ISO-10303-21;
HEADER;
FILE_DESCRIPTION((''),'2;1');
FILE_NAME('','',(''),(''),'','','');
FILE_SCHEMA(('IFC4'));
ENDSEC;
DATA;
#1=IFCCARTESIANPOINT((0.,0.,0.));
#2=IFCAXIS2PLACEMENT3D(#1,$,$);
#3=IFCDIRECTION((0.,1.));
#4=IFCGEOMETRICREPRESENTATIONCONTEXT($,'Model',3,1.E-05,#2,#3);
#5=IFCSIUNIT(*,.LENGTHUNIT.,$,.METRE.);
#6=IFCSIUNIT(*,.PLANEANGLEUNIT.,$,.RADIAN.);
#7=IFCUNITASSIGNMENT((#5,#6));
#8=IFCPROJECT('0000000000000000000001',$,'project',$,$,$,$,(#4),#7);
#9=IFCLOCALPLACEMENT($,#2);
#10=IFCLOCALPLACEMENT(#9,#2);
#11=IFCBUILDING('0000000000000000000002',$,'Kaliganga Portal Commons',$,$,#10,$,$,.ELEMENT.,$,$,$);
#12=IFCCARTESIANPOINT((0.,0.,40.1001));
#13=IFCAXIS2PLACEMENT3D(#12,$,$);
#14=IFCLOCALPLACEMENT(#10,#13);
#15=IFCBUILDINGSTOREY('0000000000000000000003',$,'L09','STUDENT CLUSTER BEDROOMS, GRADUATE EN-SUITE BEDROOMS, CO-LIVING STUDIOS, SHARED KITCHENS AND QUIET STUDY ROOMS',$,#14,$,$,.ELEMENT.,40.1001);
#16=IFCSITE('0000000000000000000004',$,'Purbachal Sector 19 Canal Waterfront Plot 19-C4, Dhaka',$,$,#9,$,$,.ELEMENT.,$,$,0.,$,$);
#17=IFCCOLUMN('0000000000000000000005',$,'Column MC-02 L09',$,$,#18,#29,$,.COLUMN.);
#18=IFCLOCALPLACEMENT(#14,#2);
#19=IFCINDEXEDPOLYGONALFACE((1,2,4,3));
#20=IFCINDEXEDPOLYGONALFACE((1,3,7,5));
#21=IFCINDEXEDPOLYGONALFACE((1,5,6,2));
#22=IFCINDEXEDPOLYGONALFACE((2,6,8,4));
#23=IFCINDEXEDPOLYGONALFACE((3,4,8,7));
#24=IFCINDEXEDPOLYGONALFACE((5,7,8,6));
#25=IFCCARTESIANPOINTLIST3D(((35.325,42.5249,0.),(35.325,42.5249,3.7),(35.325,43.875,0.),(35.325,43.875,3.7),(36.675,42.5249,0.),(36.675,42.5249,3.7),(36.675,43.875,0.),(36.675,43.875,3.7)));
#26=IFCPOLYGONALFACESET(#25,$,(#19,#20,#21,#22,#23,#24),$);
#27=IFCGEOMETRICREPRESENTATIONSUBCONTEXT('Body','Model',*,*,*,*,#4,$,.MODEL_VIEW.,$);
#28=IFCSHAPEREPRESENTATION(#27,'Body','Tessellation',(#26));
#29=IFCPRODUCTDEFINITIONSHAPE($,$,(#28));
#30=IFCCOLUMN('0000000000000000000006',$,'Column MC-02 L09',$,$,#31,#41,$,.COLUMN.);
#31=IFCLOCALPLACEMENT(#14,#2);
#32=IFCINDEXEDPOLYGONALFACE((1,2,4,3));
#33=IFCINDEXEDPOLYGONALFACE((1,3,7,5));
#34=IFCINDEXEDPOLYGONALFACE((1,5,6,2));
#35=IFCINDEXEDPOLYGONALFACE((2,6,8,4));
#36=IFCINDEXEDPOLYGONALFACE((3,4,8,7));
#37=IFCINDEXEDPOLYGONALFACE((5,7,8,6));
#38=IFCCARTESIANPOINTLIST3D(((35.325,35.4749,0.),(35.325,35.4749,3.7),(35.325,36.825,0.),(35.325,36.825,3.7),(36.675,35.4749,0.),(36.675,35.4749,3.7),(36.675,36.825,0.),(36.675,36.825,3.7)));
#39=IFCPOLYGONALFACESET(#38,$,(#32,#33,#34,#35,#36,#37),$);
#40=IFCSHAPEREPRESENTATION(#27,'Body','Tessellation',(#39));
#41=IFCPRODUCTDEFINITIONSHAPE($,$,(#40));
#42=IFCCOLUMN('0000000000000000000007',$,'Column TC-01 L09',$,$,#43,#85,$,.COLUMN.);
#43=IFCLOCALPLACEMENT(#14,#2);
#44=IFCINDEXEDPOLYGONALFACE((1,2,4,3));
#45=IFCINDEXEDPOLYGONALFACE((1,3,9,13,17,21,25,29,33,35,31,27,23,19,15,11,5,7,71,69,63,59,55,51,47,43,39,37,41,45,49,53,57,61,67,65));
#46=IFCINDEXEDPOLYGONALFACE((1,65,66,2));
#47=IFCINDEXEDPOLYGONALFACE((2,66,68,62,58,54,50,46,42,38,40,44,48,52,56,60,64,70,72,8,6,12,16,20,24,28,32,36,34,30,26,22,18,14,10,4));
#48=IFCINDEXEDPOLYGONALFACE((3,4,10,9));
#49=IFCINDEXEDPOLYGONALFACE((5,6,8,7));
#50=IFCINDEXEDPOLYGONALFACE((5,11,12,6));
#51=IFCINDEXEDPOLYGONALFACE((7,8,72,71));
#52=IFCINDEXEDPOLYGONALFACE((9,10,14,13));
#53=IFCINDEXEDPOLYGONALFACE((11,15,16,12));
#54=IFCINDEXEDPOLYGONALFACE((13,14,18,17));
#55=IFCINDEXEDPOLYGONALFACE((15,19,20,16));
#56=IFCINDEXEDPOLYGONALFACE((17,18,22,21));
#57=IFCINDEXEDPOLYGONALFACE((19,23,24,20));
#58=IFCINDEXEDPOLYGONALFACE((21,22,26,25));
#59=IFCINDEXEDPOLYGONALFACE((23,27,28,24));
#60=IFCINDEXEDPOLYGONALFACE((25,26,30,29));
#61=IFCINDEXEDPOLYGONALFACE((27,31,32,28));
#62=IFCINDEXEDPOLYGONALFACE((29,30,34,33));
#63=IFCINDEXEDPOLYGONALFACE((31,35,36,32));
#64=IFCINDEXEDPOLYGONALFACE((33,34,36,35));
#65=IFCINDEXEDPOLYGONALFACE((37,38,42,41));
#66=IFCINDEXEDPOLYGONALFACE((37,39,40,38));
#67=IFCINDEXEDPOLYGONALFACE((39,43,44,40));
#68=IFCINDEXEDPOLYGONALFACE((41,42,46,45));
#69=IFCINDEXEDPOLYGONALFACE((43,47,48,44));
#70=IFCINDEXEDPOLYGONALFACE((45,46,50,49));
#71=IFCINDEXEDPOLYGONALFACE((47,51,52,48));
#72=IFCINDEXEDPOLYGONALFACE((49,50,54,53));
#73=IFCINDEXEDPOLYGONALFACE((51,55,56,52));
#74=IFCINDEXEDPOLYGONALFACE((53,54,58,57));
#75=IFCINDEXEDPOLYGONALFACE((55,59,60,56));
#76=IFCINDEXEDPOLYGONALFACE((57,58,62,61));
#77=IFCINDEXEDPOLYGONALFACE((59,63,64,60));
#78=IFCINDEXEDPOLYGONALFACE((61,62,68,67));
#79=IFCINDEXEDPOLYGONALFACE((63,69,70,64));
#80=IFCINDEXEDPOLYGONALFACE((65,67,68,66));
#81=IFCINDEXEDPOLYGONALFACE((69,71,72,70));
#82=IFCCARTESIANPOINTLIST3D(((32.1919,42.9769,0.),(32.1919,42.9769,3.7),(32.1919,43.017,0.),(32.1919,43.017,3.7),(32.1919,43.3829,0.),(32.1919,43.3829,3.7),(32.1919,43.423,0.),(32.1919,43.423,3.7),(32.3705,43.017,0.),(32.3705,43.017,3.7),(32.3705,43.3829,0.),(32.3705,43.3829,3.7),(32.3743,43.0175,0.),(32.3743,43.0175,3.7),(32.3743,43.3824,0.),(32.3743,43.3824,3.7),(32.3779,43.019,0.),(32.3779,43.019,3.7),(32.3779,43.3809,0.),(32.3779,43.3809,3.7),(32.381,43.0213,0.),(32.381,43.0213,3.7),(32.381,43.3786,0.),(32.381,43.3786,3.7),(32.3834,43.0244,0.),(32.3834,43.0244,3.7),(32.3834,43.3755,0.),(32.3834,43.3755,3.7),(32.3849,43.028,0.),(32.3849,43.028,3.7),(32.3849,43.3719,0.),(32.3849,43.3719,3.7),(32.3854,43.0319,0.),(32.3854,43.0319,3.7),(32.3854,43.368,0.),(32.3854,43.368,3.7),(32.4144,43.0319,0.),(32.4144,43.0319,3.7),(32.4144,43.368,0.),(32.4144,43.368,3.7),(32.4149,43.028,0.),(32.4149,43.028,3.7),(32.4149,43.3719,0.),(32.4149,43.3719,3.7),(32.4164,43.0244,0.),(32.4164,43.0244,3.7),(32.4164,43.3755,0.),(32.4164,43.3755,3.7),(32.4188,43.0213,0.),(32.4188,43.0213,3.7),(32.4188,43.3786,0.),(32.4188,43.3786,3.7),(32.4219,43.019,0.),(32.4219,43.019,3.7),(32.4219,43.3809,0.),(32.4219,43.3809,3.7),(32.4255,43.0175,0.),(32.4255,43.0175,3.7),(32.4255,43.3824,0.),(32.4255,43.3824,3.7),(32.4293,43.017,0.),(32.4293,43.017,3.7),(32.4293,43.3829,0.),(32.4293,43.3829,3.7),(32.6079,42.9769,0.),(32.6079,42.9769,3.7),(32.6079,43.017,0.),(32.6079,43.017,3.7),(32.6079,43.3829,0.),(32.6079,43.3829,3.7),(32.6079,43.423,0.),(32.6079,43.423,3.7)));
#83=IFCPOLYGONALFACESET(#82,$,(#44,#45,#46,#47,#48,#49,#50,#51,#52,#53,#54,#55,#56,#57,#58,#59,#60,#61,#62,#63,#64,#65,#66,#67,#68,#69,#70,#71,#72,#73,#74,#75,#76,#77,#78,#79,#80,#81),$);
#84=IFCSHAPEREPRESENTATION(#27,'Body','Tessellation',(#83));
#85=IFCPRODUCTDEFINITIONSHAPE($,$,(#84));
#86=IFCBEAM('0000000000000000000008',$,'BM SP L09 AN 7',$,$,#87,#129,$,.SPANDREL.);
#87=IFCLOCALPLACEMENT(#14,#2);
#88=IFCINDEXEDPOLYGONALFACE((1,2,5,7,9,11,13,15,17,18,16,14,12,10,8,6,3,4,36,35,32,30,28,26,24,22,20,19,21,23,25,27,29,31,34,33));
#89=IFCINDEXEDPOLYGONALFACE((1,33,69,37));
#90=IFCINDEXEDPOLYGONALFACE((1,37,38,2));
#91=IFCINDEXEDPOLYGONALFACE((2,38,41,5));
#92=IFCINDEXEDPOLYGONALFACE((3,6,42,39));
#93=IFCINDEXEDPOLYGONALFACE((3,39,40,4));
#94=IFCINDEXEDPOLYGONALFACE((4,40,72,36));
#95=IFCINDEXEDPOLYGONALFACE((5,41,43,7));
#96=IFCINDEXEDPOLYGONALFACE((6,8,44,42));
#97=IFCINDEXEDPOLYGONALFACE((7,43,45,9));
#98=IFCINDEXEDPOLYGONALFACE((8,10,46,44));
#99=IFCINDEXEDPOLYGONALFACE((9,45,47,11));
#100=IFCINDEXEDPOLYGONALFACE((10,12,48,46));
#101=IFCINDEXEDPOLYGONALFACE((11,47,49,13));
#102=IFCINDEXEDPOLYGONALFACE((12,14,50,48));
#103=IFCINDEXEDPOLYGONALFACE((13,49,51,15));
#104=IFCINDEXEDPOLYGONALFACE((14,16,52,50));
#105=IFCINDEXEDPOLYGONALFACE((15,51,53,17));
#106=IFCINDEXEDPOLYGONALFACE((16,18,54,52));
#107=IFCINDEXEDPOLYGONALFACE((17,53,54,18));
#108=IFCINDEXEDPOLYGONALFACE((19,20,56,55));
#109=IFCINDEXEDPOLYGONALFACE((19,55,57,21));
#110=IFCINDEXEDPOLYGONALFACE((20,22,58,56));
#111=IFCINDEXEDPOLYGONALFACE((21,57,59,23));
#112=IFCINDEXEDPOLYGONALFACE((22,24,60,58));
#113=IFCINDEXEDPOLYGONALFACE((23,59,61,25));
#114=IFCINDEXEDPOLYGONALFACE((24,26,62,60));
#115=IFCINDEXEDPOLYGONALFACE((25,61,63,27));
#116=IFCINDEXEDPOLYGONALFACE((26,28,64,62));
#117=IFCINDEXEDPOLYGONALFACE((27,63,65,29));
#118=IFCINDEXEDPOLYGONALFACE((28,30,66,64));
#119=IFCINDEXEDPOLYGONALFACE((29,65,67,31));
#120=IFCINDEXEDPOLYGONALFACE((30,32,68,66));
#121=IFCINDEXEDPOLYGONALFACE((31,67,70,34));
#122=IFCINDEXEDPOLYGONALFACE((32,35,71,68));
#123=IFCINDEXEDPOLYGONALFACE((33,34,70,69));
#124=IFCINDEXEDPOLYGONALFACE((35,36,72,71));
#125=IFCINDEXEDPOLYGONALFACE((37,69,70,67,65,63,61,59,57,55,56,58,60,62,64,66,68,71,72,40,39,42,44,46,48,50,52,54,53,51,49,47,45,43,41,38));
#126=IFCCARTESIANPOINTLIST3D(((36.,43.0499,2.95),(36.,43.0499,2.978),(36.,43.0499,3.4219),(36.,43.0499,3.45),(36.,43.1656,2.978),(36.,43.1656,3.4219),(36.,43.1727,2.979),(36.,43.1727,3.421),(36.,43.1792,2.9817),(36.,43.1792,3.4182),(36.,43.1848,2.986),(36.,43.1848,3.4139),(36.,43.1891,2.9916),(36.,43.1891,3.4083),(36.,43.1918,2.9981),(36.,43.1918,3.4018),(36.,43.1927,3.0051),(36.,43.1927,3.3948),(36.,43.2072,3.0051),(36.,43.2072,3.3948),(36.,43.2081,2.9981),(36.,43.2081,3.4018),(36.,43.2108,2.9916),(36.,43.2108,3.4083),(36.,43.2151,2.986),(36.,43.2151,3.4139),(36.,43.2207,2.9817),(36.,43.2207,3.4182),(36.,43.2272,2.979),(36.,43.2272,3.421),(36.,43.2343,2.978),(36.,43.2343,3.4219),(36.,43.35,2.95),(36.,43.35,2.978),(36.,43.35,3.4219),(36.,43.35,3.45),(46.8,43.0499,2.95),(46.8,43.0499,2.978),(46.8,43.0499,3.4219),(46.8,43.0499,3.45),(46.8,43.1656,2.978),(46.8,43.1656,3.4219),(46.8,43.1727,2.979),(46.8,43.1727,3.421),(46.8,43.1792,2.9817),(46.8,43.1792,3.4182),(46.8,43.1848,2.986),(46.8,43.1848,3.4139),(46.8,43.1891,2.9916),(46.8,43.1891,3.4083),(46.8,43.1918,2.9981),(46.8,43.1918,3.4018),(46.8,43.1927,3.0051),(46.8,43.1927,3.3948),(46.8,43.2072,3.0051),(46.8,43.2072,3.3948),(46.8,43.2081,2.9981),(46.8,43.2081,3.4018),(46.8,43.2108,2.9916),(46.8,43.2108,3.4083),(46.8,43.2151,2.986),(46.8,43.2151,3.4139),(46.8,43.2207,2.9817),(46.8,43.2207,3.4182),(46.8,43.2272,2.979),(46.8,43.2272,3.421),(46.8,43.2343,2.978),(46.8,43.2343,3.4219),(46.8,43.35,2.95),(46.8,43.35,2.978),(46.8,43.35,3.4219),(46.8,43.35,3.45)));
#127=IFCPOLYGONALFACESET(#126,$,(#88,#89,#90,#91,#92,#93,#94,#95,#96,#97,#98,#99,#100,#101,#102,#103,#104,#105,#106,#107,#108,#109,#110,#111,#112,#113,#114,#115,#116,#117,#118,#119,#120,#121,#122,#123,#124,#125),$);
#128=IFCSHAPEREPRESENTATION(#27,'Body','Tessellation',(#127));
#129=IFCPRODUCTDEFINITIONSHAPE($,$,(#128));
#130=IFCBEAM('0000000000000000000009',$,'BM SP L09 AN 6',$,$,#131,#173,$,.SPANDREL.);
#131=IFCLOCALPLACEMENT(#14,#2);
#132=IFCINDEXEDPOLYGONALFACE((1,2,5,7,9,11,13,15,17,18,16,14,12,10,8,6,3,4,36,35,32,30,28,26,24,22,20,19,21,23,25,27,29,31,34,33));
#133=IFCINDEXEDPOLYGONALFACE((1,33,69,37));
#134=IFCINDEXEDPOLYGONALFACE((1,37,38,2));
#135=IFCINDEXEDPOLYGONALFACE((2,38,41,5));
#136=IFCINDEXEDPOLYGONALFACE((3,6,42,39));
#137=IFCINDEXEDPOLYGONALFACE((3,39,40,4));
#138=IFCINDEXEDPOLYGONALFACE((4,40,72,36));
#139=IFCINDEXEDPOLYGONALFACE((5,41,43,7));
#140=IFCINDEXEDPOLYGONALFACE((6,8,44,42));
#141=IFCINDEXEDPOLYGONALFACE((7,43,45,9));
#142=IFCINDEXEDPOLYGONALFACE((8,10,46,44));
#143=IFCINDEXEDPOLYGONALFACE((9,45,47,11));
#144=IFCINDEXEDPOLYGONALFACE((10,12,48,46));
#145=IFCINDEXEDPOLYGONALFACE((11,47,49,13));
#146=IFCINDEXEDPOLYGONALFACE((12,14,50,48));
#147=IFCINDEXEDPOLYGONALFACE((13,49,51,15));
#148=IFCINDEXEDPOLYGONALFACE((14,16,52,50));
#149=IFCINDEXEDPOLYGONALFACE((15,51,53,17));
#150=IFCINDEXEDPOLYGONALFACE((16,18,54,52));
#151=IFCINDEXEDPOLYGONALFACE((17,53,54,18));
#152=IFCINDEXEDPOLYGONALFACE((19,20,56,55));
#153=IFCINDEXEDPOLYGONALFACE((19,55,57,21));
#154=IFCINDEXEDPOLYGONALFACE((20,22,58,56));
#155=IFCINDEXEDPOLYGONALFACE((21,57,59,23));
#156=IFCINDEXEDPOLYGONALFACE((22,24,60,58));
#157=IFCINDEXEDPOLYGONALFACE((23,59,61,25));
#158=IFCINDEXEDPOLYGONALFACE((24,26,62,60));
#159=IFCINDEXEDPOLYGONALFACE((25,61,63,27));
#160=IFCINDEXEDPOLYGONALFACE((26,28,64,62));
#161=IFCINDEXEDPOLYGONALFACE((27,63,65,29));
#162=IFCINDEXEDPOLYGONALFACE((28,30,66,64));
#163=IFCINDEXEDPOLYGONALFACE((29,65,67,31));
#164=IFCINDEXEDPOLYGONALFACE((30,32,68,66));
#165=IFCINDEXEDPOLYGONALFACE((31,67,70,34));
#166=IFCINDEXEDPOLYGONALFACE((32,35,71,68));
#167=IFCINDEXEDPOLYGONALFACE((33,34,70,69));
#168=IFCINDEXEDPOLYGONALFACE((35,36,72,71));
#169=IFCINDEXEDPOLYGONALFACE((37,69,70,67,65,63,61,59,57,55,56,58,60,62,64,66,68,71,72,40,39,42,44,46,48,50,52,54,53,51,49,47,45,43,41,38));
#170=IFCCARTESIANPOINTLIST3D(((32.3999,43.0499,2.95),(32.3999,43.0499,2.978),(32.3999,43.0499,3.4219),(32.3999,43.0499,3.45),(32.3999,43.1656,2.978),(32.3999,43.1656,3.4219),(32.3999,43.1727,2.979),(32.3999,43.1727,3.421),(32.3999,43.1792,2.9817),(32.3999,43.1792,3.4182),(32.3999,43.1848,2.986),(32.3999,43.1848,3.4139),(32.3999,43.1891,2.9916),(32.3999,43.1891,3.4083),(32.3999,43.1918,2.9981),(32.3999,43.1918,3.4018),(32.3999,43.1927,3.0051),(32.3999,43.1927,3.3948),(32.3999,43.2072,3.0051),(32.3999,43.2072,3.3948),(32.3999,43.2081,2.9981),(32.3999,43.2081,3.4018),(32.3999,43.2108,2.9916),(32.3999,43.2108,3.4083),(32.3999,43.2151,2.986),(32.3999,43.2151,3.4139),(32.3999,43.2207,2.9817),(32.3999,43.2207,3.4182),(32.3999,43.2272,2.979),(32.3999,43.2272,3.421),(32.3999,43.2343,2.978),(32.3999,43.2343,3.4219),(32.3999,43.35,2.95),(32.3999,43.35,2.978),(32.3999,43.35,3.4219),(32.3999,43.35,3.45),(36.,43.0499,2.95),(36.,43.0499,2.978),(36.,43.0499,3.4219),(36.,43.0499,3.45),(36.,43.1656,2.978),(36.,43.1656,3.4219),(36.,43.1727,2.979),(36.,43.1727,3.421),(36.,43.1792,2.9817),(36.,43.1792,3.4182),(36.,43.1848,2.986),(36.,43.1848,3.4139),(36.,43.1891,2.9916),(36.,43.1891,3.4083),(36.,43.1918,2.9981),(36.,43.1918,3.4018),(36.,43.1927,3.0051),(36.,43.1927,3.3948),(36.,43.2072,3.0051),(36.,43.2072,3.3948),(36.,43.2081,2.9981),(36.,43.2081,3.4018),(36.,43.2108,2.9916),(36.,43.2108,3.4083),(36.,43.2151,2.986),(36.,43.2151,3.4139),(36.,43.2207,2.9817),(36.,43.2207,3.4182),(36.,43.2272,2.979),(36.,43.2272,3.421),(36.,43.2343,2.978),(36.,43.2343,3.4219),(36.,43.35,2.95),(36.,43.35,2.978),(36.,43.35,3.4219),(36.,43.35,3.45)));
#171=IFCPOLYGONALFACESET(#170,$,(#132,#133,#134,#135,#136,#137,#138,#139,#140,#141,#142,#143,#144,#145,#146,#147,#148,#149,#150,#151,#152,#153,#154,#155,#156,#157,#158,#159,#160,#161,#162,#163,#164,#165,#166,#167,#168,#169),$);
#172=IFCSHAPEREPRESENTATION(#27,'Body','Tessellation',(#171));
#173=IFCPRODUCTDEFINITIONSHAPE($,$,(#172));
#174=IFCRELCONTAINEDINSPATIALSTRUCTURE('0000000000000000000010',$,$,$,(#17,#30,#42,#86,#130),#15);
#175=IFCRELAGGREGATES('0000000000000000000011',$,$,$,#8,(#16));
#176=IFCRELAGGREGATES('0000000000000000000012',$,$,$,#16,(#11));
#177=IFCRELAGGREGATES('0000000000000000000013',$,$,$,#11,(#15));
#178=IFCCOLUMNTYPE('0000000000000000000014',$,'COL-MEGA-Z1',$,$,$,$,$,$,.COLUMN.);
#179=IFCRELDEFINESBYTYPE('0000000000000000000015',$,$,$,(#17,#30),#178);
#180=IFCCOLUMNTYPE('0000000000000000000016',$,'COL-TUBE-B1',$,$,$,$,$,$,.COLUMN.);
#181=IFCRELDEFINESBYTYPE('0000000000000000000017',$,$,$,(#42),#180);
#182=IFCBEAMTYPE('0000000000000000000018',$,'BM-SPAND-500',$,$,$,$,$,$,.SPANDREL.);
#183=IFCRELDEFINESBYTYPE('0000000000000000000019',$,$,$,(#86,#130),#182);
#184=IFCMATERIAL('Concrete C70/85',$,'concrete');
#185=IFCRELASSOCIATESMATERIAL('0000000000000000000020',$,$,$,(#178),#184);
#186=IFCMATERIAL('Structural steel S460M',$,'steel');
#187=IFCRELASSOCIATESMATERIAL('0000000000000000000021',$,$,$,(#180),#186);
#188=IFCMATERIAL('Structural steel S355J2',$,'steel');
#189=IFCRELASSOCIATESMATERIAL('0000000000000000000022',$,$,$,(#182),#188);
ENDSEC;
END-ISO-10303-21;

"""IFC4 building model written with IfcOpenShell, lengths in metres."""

from ifc_helpers import new_model, si_unit, direction, frame, origin, origin_2d, place, context, subcontext, project, spatial, rectangle, i_section, extrude, source, transform, mapped, material, material_profile, profile_set, type_object, element, save


model = new_model("IFC4")

# Units and contexts
model_context = context("Model", 3, precision=1e-05, world=origin(), true_north=direction((0.0, 1.0)))
body_context = subcontext(model_context, "Body", "Model", "MODEL_VIEW")
ifc_project = project(units=[si_unit("LENGTHUNIT", "METRE"), si_unit("PLANEANGLEUNIT", "RADIAN")], contexts=[model_context])

# Site, building, storey
site_placement = place(None, origin())
site = spatial("IfcSite", under=ifc_project, at=site_placement, Name="Purbachal Sector 19 Canal Waterfront Plot 19-C4, Dhaka", CompositionType="ELEMENT", RefElevation=0.0)
building_placement = place(site_placement, origin())
building = spatial("IfcBuilding", under=site, at=building_placement, Name="Kaliganga Portal Commons", CompositionType="ELEMENT")
storey_placement = place(building_placement, frame((0.0, 0.0, 40.1001)))
storey = spatial("IfcBuildingStorey", under=building, at=storey_placement, Name="L09", Description="STUDENT CLUSTER BEDROOMS, GRADUATE EN-SUITE BEDROOMS, CO-LIVING STUDIOS, SHARED KITCHENS AND QUIET STUDY ROOMS", CompositionType="ELEMENT", Elevation=40.1001)

# Columns
ifc_material_1 = material(Name="Concrete C70/85", Category="concrete")
ifc_material_profile_1 = material_profile(ifc_material_1, rectangle(XDim=1.3501, YDim=1.3501, at=origin_2d()), Name="RC 1350x1350")
ifc_profile_set_1 = profile_set([ifc_material_profile_1], Name="Concrete C70/85")
column_type_1 = type_object("IfcColumnType", Name="COL-MEGA-Z1", PredefinedType="COLUMN", material=ifc_profile_set_1)
shared_shape_1 = source(origin(), body_context, "Body", "SweptSolid", [
    extrude(rectangle(XDim=1.3501, YDim=1.3501, at=origin_2d()), origin(), (0.0, 0.0, 1.0), 3.7),
])
for number, where, z_axis, x_axis, name in (
    (1, (36.0, 43.2, 0.0), (0.0, 0.0, 1.0), (1.0, 0.0, 0.0), "Column MC-02 L09"),
    (2, (36.0, 36.1499, 0.0), (0.0, 0.0, 1.0), (1.0, 0.0, 0.0), "Column MC-02 L09"),
):
    element("IfcColumn", number, at=place(storey_placement, frame(where, z_axis=z_axis, x_axis=x_axis)), inside=storey, type_object=column_type_1, Name=name, PredefinedType="COLUMN", context=body_context, shape_type="MappedRepresentation", body=[
        mapped(shared_shape_1, transform((0.0, 0.0, 0.0), x_axis=(1.0, 0.0, 0.0), y_axis=(0.0, 1.0, 0.0), z_axis=(0.0, 0.0, 1.0), scale=1.0)),
    ])
ifc_material_2 = material(Name="Structural steel S460M", Category="steel")
ifc_material_profile_2 = material_profile(ifc_material_2, i_section(OverallWidth=0.416, OverallDepth=0.446, WebThickness=0.0291, FlangeThickness=0.04, FilletRadius=0.0149, at=origin_2d()), Name="HD 400x509")
ifc_profile_set_2 = profile_set([ifc_material_profile_2], Name="Structural steel S460M wide-flange")
column_type_2 = type_object("IfcColumnType", Name="COL-TUBE-B1", PredefinedType="COLUMN", material=ifc_profile_set_2)
shared_shape_2 = source(origin(), body_context, "Body", "SweptSolid", [
    extrude(i_section(OverallWidth=0.416, OverallDepth=0.446, WebThickness=0.0291, FlangeThickness=0.04, FilletRadius=0.0149, at=origin_2d()), origin(), (0.0, 0.0, 1.0), 3.7),
])
column_placement = place(storey_placement, frame((32.3999, 43.2, 0.0), z_axis=(0.0, 0.0, 1.0), x_axis=(1.0, 0.0, 0.0)))
element("IfcColumn", 3, at=column_placement, inside=storey, type_object=column_type_2, Name="Column TC-01 L09", PredefinedType="COLUMN", context=body_context, shape_type="MappedRepresentation", body=[
    mapped(shared_shape_2, transform((0.0, 0.0, 0.0), x_axis=(1.0, 0.0, 0.0), y_axis=(0.0, 1.0, 0.0), z_axis=(0.0, 0.0, 1.0), scale=1.0)),
])

# Beams
ifc_material_3 = material(Name="Structural steel S355J2", Category="steel")
ifc_material_profile_3 = material_profile(ifc_material_3, i_section(OverallWidth=0.3, OverallDepth=0.5, WebThickness=0.0144, FlangeThickness=0.0281, FilletRadius=0.0271, at=origin_2d()), Name="HE 500 B")
ifc_profile_set_3 = profile_set([ifc_material_profile_3], Name="Structural steel S355J2 wide-flange")
beam_type_1 = type_object("IfcBeamType", Name="BM-SPAND-500", PredefinedType="SPANDREL", material=ifc_profile_set_3)
shared_shape_3 = source(origin(), body_context, "Body", "SweptSolid", [
    extrude(i_section(OverallWidth=0.3, OverallDepth=0.5, WebThickness=0.0144, FlangeThickness=0.0281, FilletRadius=0.0271, at=origin_2d()), origin(), (0.0, 0.0, 1.0), 10.8),
])
beam_1_placement = place(storey_placement, frame((36.0, 43.2, 3.2), z_axis=(1.0, 0.0, 0.0), x_axis=(0.0, 1.0, 0.0)))
element("IfcBeam", 4, at=beam_1_placement, inside=storey, type_object=beam_type_1, Name="BM SP L09 AN 7", PredefinedType="SPANDREL", context=body_context, shape_type="MappedRepresentation", body=[
    mapped(shared_shape_3, transform((0.0, 0.0, 0.0), x_axis=(1.0, 0.0, 0.0), y_axis=(0.0, 1.0, 0.0), z_axis=(0.0, 0.0, 1.0), scale=1.0)),
])
shared_shape_4 = source(origin(), body_context, "Body", "SweptSolid", [
    extrude(i_section(OverallWidth=0.3, OverallDepth=0.5, WebThickness=0.0144, FlangeThickness=0.0281, FilletRadius=0.0271, at=origin_2d()), origin(), (0.0, 0.0, 1.0), 3.6001),
])
beam_2_placement = place(storey_placement, frame((32.3999, 43.2, 3.2), z_axis=(1.0, 0.0, 0.0), x_axis=(0.0, 1.0, 0.0)))
element("IfcBeam", 5, at=beam_2_placement, inside=storey, type_object=beam_type_1, Name="BM SP L09 AN 6", PredefinedType="SPANDREL", context=body_context, shape_type="MappedRepresentation", body=[
    mapped(shared_shape_4, transform((0.0, 0.0, 0.0), x_axis=(1.0, 0.0, 0.0), y_axis=(0.0, 1.0, 0.0), z_axis=(0.0, 0.0, 1.0), scale=1.0)),
])

save(model, "model.ifc")
